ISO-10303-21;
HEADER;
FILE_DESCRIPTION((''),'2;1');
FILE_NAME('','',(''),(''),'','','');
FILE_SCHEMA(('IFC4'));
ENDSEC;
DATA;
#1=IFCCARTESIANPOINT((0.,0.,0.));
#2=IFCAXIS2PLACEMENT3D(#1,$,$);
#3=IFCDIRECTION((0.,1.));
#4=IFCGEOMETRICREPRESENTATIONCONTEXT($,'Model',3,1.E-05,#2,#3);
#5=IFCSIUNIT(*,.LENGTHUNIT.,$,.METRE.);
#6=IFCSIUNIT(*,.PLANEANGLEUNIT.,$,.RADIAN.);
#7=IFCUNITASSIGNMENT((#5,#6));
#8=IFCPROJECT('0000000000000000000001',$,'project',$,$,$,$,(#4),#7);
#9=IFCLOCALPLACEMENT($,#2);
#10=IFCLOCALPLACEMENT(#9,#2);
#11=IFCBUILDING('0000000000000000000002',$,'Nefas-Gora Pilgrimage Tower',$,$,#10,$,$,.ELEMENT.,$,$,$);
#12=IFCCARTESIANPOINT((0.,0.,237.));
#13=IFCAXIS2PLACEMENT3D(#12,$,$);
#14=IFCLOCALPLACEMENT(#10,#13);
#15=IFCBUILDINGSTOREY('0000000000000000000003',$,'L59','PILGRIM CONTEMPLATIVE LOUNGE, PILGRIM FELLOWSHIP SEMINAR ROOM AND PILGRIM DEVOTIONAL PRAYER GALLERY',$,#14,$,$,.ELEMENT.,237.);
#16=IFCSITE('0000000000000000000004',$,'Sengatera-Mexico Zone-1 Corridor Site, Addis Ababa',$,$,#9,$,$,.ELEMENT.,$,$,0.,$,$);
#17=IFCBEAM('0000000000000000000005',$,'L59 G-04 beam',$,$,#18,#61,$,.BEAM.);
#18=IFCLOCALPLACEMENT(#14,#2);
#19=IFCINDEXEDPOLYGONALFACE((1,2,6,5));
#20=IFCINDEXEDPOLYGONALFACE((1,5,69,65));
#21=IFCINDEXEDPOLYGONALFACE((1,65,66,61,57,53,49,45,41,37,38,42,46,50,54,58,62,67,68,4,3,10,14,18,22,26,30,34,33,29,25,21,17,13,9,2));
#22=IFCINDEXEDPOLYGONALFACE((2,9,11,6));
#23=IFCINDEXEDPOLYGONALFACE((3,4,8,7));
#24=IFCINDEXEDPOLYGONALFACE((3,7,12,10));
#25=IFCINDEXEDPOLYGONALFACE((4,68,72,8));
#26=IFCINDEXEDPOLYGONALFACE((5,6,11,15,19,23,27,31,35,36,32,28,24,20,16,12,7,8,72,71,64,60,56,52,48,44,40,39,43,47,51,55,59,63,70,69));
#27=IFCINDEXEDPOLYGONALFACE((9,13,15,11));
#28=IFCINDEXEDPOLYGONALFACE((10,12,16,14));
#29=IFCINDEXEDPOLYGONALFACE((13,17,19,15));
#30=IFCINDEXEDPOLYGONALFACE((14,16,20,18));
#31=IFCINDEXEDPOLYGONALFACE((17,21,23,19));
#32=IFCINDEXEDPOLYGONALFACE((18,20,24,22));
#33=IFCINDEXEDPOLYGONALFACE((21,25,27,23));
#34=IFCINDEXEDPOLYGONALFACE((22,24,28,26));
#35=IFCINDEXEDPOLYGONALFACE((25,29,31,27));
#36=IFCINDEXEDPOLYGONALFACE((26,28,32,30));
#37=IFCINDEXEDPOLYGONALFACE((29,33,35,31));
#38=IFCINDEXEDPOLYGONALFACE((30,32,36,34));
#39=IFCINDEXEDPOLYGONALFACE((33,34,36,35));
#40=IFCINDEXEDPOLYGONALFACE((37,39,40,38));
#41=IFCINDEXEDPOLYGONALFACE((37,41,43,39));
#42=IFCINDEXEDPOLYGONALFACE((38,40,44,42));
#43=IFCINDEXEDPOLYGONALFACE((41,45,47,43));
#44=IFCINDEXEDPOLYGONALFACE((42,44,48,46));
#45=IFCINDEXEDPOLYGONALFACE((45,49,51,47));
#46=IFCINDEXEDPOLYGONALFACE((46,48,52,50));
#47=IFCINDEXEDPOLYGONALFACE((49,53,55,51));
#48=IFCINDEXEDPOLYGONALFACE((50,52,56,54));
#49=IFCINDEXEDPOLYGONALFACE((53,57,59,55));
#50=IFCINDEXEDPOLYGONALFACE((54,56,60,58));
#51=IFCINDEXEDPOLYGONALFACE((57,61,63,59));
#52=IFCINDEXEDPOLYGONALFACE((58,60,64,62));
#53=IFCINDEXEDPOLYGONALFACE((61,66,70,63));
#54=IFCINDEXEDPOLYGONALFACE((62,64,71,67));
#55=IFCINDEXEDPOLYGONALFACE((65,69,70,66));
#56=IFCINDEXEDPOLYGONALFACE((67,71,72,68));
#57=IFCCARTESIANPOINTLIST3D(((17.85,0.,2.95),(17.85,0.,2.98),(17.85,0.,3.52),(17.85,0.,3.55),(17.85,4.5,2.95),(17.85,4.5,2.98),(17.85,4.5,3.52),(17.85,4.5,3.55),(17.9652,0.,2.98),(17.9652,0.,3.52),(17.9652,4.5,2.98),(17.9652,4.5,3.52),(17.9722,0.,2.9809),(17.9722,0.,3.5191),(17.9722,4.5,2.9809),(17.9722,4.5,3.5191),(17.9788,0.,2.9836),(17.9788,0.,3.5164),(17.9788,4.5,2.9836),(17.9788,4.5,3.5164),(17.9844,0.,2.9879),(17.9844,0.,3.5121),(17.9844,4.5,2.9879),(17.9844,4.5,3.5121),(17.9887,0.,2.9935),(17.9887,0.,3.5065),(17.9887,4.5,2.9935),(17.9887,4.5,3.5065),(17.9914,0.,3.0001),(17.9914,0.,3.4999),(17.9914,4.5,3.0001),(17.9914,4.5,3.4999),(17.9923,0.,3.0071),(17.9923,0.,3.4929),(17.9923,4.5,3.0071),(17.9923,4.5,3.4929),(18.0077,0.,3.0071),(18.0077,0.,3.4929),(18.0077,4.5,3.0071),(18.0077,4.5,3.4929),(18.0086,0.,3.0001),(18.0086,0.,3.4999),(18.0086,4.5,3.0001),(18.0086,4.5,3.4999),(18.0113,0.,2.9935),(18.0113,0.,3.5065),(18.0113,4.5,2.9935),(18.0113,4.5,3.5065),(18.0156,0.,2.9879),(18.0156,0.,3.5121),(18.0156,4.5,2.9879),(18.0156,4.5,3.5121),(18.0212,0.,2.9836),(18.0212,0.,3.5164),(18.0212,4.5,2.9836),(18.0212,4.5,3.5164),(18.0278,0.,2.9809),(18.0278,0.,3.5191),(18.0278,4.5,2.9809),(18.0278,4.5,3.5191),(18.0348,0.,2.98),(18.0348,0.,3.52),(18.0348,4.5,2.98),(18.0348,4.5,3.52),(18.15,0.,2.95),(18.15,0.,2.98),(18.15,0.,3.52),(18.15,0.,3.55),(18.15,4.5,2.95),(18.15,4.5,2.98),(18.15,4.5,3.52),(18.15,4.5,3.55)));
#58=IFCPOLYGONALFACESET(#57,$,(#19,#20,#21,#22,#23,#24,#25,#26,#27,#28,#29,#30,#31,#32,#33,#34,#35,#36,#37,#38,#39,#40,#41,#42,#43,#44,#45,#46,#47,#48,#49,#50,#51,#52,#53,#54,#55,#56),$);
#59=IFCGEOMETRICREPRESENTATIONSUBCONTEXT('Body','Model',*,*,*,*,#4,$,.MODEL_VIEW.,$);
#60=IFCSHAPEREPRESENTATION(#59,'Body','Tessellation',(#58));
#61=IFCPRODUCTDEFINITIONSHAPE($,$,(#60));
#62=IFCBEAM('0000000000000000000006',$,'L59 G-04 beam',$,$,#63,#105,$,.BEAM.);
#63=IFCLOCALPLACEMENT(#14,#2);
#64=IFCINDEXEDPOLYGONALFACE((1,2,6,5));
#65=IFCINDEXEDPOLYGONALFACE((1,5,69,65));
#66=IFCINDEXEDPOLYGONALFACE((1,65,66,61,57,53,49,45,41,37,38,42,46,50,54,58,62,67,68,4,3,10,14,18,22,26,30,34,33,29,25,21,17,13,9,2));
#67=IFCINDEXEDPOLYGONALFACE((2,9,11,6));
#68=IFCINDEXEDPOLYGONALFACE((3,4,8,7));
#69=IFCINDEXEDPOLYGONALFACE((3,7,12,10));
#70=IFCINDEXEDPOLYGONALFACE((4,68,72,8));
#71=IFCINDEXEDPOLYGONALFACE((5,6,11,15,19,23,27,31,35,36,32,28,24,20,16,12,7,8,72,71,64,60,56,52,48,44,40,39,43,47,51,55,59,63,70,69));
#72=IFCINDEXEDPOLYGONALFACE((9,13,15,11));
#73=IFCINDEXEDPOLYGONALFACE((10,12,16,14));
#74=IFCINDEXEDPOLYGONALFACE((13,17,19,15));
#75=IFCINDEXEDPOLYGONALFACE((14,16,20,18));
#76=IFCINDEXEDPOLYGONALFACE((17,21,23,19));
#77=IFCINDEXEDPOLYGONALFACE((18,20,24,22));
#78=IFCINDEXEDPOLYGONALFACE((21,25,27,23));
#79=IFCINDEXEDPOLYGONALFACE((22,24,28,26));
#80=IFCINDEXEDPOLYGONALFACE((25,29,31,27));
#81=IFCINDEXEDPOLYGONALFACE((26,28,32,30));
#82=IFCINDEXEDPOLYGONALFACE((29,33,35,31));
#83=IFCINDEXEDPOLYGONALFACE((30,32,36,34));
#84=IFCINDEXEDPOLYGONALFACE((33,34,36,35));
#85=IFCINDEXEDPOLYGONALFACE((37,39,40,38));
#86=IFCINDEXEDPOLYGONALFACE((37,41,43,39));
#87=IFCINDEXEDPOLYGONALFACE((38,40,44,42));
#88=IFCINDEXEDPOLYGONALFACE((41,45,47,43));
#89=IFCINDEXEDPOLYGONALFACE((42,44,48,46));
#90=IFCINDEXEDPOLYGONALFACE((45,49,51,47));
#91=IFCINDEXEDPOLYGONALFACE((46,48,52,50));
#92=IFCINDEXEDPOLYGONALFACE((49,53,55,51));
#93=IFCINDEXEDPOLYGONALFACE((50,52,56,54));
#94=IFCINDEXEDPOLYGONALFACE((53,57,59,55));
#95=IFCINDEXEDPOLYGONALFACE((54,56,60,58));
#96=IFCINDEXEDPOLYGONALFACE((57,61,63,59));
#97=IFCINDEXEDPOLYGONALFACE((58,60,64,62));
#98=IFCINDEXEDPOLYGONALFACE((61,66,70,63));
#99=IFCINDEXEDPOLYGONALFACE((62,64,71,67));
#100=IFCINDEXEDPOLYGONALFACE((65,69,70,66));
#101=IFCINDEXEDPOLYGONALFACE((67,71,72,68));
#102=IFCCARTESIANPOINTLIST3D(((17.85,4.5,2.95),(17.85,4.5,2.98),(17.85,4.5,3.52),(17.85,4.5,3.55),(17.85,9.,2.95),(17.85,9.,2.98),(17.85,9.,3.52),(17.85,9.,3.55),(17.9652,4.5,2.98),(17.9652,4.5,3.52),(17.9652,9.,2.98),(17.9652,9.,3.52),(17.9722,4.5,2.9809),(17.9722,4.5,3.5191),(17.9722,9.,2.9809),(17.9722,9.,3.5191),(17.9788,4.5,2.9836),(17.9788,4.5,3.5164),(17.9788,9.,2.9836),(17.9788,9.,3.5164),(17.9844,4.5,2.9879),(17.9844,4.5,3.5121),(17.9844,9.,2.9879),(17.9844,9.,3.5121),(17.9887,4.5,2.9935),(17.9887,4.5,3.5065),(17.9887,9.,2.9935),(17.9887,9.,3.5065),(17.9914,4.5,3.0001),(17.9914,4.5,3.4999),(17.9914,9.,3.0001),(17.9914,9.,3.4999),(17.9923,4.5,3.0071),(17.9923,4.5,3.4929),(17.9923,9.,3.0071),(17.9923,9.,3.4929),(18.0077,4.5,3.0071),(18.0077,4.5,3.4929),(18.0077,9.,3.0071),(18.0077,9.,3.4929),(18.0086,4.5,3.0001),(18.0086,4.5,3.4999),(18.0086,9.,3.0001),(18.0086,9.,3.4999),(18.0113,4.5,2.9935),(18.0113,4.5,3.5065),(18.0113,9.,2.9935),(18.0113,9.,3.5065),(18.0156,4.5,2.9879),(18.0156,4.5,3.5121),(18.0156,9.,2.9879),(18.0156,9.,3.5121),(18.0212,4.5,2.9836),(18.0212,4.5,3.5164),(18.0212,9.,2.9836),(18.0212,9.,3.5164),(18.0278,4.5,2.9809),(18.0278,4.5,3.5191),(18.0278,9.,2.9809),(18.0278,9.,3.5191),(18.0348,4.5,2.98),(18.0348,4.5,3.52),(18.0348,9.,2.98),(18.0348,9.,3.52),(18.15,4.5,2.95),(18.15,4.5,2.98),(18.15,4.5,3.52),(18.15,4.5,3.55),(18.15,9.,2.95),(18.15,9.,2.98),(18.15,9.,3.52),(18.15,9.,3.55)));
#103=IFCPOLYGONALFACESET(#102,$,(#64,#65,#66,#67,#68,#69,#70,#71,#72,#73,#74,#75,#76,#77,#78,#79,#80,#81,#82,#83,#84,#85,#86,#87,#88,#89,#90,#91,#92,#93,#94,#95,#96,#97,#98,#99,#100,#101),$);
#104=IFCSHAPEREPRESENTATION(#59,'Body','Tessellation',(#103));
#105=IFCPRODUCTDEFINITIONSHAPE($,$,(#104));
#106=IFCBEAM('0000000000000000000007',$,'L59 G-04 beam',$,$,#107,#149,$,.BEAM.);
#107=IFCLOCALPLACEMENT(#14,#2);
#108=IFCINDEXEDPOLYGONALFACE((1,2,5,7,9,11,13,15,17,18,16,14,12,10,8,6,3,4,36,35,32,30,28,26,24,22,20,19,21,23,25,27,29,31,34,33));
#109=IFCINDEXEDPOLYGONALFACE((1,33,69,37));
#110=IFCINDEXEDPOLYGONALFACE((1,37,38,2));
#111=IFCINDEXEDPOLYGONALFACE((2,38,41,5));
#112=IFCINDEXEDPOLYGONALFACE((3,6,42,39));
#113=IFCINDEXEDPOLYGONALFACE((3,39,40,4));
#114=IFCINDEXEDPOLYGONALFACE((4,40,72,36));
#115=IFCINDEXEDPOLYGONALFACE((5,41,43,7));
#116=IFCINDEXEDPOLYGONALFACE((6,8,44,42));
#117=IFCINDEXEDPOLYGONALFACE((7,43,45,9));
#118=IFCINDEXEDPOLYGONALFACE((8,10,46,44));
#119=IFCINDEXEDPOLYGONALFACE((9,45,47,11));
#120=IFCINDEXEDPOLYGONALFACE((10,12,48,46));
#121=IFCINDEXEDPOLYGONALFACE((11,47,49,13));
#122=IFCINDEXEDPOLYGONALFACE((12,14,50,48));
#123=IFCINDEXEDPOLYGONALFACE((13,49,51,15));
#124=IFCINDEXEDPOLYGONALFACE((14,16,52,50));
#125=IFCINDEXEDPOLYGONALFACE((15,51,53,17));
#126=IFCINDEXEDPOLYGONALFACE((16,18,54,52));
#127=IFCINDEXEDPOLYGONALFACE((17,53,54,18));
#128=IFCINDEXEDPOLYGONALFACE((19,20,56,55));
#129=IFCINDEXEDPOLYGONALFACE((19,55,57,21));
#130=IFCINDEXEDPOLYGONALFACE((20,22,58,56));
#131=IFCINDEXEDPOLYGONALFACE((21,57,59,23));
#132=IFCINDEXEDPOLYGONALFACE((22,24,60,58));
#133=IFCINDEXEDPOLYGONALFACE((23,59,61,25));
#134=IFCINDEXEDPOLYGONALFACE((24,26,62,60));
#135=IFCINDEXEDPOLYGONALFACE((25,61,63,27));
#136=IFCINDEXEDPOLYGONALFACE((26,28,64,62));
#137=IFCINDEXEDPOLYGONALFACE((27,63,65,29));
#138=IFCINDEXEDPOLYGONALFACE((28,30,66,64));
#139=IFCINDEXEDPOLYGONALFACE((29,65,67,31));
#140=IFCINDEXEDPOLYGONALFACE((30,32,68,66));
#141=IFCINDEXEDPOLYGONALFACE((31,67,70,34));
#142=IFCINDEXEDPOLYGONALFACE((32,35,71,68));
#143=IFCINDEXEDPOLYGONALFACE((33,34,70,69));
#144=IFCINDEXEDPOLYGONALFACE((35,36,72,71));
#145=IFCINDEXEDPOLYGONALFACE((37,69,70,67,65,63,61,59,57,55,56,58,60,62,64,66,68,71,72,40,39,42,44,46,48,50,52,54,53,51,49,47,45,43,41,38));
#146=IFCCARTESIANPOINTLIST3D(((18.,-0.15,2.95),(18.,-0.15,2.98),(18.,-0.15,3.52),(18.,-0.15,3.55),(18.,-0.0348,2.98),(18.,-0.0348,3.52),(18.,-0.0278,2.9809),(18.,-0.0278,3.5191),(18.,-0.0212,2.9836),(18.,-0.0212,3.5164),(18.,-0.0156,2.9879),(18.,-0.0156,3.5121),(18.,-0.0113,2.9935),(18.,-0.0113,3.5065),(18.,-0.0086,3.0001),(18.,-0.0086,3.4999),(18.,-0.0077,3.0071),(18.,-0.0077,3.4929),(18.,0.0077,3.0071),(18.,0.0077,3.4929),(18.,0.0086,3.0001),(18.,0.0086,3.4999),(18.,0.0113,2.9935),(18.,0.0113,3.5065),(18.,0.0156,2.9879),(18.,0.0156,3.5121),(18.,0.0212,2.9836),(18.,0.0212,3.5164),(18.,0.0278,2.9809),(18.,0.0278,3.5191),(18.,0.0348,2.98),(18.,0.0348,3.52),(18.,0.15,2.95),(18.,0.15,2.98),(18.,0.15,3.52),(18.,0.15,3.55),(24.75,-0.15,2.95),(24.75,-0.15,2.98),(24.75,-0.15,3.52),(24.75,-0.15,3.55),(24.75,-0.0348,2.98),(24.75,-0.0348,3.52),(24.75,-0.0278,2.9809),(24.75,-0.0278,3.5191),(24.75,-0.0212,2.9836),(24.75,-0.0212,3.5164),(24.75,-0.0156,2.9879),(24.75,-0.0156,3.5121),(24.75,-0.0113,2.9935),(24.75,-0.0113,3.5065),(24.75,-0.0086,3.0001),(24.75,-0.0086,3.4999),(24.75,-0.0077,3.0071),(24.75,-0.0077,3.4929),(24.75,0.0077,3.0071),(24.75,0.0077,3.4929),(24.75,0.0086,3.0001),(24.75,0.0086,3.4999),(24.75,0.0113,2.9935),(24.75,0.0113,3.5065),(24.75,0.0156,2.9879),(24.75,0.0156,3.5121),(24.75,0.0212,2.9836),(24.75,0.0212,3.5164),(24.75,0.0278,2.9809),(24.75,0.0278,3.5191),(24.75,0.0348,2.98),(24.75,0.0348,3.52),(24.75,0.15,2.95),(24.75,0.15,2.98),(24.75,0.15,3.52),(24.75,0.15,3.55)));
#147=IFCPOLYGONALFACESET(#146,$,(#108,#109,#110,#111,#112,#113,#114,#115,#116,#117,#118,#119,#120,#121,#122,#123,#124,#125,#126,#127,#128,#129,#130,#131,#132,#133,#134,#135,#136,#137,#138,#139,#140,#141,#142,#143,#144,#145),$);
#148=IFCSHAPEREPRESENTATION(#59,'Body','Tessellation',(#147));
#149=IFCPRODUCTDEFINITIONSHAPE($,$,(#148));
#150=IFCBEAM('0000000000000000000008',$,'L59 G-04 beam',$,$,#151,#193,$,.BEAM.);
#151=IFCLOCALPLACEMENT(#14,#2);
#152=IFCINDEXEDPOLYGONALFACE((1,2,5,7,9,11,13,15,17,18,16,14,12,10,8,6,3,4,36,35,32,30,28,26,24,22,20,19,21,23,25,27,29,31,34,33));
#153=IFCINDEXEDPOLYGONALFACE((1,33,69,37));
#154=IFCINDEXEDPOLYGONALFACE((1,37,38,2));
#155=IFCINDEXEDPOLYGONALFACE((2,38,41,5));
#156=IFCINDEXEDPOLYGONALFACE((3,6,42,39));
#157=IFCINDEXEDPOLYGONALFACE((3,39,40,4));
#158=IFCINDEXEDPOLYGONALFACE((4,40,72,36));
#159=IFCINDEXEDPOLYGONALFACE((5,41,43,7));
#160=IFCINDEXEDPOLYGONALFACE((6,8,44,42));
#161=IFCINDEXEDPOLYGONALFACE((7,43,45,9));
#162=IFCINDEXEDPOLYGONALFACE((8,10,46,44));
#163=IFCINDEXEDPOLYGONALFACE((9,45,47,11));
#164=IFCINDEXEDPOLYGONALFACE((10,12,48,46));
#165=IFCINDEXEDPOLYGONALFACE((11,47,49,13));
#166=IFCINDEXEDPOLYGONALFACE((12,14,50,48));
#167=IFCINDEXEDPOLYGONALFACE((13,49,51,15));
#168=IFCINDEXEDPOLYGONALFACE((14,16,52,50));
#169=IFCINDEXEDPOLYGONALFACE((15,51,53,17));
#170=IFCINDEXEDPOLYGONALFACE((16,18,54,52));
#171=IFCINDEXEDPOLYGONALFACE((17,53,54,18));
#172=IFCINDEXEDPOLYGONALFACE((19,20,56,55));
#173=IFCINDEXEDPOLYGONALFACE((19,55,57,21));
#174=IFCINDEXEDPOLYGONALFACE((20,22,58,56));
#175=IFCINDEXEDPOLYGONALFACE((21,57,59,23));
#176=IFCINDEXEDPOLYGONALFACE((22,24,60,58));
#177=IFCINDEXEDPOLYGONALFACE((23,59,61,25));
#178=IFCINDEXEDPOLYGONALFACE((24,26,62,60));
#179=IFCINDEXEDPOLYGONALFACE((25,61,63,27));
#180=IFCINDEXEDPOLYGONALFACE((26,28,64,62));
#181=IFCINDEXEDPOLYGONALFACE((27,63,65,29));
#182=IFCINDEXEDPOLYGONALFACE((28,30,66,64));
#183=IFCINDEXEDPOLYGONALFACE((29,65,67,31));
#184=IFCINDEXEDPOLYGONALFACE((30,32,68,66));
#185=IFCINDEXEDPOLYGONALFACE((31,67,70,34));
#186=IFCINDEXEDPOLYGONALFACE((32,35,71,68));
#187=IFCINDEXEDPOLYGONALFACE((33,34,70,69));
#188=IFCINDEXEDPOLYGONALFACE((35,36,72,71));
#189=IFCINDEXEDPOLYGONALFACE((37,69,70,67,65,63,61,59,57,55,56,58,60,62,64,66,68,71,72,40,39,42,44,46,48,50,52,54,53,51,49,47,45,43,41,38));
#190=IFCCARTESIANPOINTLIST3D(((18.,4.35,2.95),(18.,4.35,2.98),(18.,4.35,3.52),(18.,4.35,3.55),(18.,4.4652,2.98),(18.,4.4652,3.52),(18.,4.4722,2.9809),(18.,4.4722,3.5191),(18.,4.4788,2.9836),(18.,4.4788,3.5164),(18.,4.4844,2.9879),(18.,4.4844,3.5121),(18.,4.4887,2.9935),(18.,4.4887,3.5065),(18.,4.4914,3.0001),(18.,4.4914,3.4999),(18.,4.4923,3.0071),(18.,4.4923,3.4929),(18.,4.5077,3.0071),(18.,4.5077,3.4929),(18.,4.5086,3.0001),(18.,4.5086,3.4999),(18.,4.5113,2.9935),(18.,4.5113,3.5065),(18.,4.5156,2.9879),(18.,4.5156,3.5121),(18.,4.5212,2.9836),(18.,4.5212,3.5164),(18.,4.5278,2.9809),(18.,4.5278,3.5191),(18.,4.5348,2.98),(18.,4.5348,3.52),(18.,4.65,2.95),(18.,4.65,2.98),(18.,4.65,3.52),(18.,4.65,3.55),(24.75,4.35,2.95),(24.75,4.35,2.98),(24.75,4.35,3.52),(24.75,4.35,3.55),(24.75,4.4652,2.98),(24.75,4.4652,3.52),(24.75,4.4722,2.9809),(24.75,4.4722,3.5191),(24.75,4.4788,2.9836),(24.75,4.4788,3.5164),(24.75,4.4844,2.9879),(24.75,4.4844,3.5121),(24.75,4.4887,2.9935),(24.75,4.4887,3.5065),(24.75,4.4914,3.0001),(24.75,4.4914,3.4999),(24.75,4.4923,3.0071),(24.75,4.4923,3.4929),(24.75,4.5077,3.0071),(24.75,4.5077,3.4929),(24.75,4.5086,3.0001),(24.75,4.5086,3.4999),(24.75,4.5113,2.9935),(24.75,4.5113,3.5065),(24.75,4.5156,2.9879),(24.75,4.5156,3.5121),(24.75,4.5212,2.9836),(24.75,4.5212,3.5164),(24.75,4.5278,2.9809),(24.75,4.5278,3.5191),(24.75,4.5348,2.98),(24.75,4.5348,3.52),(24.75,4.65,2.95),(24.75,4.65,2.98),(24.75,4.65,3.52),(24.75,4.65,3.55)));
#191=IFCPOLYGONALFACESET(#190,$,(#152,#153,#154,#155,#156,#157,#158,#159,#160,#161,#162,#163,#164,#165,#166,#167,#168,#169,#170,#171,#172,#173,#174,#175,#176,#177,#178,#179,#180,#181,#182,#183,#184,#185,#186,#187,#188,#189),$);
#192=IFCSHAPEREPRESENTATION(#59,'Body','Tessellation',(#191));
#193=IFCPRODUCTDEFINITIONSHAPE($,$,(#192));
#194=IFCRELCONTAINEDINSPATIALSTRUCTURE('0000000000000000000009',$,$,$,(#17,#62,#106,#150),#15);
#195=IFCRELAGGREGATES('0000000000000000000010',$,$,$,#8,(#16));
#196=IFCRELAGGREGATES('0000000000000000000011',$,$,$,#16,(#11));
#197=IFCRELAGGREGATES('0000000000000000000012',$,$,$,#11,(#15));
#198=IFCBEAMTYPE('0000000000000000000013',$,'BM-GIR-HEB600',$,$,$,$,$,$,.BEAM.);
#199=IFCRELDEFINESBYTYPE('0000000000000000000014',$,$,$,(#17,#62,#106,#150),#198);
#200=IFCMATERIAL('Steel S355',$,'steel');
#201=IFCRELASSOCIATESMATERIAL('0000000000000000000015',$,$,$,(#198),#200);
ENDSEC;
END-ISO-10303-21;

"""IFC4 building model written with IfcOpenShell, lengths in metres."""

from ifc_helpers import new_model, si_unit, direction, frame, origin, origin_2d, place, context, subcontext, project, spatial, i_section, extrude, source, transform, mapped, material, material_profile, profile_set, type_object, element, save


model = new_model("IFC4")

# Units and contexts
model_context = context("Model", 3, precision=1e-05, world=origin(), true_north=direction((0.0, 1.0)))
body_context = subcontext(model_context, "Body", "Model", "MODEL_VIEW")
ifc_project = project(units=[si_unit("LENGTHUNIT", "METRE"), si_unit("PLANEANGLEUNIT", "RADIAN")], contexts=[model_context])

# Site, building, storey
site_placement = place(None, origin())
site = spatial("IfcSite", under=ifc_project, at=site_placement, Name="Sengatera-Mexico Zone-1 Corridor Site, Addis Ababa", CompositionType="ELEMENT", RefElevation=0.0)
building_placement = place(site_placement, origin())
building = spatial("IfcBuilding", under=site, at=building_placement, Name="Nefas-Gora Pilgrimage Tower", CompositionType="ELEMENT")
storey_placement = place(building_placement, frame((0.0, 0.0, 237.0)))
storey = spatial("IfcBuildingStorey", under=building, at=storey_placement, Name="L59", Description="PILGRIM CONTEMPLATIVE LOUNGE, PILGRIM FELLOWSHIP SEMINAR ROOM AND PILGRIM DEVOTIONAL PRAYER GALLERY", CompositionType="ELEMENT", Elevation=237.0)

# Beams
ifc_material_1 = material(Name="Steel S355", Category="steel")
ifc_material_profile_1 = material_profile(ifc_material_1, i_section(OverallWidth=0.3, OverallDepth=0.6001, WebThickness=0.0154, FlangeThickness=0.03, FilletRadius=0.0271, at=origin_2d()), Name="HEB 600")
ifc_profile_set_1 = profile_set([ifc_material_profile_1], Name="Steel S355")
beam_type_1 = type_object("IfcBeamType", Name="BM-GIR-HEB600", PredefinedType="BEAM", material=ifc_profile_set_1)
shared_shape_1 = source(origin(), body_context, "Body", "SweptSolid", [
    extrude(i_section(OverallWidth=0.3, OverallDepth=0.6001, WebThickness=0.0154, FlangeThickness=0.03, FilletRadius=0.0271, at=origin_2d()), origin(), (0.0, 0.0, 1.0), 4.5),
])
for number, where, z_axis, x_axis, name in (
    (1, (18.0, 0.0, 3.25), (0.0, 1.0, 0.0), (-1.0, 0.0, 0.0), "L59 G-04 beam"),
    (2, (18.0, 4.5, 3.25), (0.0, 1.0, 0.0), (-1.0, 0.0, 0.0), "L59 G-04 beam"),
):
    element("IfcBeam", number, at=place(storey_placement, frame(where, z_axis=z_axis, x_axis=x_axis)), inside=storey, type_object=beam_type_1, Name=name, PredefinedType="BEAM", context=body_context, shape_type="MappedRepresentation", body=[
        mapped(shared_shape_1, transform((0.0, 0.0, 0.0), x_axis=(1.0, 0.0, 0.0), y_axis=(0.0, 1.0, 0.0), z_axis=(0.0, 0.0, 1.0), scale=1.0)),
    ])
shared_shape_2 = source(origin(), body_context, "Body", "SweptSolid", [
    extrude(i_section(OverallWidth=0.3, OverallDepth=0.6001, WebThickness=0.0154, FlangeThickness=0.03, FilletRadius=0.0271, at=origin_2d()), origin(), (0.0, 0.0, 1.0), 6.75),
])
for number, where, z_axis, x_axis, name in (
    (3, (18.0, 0.0, 3.25), (1.0, 0.0, 0.0), (0.0, 1.0, 0.0), "L59 G-04 beam"),
    (4, (18.0, 4.5, 3.25), (1.0, 0.0, 0.0), (0.0, 1.0, 0.0), "L59 G-04 beam"),
):
    element("IfcBeam", number, at=place(storey_placement, frame(where, z_axis=z_axis, x_axis=x_axis)), inside=storey, type_object=beam_type_1, Name=name, PredefinedType="BEAM", context=body_context, shape_type="MappedRepresentation", body=[
        mapped(shared_shape_2, transform((0.0, 0.0, 0.0), x_axis=(1.0, 0.0, 0.0), y_axis=(0.0, 1.0, 0.0), z_axis=(0.0, 0.0, 1.0), scale=1.0)),
    ])

save(model, "model.ifc")
